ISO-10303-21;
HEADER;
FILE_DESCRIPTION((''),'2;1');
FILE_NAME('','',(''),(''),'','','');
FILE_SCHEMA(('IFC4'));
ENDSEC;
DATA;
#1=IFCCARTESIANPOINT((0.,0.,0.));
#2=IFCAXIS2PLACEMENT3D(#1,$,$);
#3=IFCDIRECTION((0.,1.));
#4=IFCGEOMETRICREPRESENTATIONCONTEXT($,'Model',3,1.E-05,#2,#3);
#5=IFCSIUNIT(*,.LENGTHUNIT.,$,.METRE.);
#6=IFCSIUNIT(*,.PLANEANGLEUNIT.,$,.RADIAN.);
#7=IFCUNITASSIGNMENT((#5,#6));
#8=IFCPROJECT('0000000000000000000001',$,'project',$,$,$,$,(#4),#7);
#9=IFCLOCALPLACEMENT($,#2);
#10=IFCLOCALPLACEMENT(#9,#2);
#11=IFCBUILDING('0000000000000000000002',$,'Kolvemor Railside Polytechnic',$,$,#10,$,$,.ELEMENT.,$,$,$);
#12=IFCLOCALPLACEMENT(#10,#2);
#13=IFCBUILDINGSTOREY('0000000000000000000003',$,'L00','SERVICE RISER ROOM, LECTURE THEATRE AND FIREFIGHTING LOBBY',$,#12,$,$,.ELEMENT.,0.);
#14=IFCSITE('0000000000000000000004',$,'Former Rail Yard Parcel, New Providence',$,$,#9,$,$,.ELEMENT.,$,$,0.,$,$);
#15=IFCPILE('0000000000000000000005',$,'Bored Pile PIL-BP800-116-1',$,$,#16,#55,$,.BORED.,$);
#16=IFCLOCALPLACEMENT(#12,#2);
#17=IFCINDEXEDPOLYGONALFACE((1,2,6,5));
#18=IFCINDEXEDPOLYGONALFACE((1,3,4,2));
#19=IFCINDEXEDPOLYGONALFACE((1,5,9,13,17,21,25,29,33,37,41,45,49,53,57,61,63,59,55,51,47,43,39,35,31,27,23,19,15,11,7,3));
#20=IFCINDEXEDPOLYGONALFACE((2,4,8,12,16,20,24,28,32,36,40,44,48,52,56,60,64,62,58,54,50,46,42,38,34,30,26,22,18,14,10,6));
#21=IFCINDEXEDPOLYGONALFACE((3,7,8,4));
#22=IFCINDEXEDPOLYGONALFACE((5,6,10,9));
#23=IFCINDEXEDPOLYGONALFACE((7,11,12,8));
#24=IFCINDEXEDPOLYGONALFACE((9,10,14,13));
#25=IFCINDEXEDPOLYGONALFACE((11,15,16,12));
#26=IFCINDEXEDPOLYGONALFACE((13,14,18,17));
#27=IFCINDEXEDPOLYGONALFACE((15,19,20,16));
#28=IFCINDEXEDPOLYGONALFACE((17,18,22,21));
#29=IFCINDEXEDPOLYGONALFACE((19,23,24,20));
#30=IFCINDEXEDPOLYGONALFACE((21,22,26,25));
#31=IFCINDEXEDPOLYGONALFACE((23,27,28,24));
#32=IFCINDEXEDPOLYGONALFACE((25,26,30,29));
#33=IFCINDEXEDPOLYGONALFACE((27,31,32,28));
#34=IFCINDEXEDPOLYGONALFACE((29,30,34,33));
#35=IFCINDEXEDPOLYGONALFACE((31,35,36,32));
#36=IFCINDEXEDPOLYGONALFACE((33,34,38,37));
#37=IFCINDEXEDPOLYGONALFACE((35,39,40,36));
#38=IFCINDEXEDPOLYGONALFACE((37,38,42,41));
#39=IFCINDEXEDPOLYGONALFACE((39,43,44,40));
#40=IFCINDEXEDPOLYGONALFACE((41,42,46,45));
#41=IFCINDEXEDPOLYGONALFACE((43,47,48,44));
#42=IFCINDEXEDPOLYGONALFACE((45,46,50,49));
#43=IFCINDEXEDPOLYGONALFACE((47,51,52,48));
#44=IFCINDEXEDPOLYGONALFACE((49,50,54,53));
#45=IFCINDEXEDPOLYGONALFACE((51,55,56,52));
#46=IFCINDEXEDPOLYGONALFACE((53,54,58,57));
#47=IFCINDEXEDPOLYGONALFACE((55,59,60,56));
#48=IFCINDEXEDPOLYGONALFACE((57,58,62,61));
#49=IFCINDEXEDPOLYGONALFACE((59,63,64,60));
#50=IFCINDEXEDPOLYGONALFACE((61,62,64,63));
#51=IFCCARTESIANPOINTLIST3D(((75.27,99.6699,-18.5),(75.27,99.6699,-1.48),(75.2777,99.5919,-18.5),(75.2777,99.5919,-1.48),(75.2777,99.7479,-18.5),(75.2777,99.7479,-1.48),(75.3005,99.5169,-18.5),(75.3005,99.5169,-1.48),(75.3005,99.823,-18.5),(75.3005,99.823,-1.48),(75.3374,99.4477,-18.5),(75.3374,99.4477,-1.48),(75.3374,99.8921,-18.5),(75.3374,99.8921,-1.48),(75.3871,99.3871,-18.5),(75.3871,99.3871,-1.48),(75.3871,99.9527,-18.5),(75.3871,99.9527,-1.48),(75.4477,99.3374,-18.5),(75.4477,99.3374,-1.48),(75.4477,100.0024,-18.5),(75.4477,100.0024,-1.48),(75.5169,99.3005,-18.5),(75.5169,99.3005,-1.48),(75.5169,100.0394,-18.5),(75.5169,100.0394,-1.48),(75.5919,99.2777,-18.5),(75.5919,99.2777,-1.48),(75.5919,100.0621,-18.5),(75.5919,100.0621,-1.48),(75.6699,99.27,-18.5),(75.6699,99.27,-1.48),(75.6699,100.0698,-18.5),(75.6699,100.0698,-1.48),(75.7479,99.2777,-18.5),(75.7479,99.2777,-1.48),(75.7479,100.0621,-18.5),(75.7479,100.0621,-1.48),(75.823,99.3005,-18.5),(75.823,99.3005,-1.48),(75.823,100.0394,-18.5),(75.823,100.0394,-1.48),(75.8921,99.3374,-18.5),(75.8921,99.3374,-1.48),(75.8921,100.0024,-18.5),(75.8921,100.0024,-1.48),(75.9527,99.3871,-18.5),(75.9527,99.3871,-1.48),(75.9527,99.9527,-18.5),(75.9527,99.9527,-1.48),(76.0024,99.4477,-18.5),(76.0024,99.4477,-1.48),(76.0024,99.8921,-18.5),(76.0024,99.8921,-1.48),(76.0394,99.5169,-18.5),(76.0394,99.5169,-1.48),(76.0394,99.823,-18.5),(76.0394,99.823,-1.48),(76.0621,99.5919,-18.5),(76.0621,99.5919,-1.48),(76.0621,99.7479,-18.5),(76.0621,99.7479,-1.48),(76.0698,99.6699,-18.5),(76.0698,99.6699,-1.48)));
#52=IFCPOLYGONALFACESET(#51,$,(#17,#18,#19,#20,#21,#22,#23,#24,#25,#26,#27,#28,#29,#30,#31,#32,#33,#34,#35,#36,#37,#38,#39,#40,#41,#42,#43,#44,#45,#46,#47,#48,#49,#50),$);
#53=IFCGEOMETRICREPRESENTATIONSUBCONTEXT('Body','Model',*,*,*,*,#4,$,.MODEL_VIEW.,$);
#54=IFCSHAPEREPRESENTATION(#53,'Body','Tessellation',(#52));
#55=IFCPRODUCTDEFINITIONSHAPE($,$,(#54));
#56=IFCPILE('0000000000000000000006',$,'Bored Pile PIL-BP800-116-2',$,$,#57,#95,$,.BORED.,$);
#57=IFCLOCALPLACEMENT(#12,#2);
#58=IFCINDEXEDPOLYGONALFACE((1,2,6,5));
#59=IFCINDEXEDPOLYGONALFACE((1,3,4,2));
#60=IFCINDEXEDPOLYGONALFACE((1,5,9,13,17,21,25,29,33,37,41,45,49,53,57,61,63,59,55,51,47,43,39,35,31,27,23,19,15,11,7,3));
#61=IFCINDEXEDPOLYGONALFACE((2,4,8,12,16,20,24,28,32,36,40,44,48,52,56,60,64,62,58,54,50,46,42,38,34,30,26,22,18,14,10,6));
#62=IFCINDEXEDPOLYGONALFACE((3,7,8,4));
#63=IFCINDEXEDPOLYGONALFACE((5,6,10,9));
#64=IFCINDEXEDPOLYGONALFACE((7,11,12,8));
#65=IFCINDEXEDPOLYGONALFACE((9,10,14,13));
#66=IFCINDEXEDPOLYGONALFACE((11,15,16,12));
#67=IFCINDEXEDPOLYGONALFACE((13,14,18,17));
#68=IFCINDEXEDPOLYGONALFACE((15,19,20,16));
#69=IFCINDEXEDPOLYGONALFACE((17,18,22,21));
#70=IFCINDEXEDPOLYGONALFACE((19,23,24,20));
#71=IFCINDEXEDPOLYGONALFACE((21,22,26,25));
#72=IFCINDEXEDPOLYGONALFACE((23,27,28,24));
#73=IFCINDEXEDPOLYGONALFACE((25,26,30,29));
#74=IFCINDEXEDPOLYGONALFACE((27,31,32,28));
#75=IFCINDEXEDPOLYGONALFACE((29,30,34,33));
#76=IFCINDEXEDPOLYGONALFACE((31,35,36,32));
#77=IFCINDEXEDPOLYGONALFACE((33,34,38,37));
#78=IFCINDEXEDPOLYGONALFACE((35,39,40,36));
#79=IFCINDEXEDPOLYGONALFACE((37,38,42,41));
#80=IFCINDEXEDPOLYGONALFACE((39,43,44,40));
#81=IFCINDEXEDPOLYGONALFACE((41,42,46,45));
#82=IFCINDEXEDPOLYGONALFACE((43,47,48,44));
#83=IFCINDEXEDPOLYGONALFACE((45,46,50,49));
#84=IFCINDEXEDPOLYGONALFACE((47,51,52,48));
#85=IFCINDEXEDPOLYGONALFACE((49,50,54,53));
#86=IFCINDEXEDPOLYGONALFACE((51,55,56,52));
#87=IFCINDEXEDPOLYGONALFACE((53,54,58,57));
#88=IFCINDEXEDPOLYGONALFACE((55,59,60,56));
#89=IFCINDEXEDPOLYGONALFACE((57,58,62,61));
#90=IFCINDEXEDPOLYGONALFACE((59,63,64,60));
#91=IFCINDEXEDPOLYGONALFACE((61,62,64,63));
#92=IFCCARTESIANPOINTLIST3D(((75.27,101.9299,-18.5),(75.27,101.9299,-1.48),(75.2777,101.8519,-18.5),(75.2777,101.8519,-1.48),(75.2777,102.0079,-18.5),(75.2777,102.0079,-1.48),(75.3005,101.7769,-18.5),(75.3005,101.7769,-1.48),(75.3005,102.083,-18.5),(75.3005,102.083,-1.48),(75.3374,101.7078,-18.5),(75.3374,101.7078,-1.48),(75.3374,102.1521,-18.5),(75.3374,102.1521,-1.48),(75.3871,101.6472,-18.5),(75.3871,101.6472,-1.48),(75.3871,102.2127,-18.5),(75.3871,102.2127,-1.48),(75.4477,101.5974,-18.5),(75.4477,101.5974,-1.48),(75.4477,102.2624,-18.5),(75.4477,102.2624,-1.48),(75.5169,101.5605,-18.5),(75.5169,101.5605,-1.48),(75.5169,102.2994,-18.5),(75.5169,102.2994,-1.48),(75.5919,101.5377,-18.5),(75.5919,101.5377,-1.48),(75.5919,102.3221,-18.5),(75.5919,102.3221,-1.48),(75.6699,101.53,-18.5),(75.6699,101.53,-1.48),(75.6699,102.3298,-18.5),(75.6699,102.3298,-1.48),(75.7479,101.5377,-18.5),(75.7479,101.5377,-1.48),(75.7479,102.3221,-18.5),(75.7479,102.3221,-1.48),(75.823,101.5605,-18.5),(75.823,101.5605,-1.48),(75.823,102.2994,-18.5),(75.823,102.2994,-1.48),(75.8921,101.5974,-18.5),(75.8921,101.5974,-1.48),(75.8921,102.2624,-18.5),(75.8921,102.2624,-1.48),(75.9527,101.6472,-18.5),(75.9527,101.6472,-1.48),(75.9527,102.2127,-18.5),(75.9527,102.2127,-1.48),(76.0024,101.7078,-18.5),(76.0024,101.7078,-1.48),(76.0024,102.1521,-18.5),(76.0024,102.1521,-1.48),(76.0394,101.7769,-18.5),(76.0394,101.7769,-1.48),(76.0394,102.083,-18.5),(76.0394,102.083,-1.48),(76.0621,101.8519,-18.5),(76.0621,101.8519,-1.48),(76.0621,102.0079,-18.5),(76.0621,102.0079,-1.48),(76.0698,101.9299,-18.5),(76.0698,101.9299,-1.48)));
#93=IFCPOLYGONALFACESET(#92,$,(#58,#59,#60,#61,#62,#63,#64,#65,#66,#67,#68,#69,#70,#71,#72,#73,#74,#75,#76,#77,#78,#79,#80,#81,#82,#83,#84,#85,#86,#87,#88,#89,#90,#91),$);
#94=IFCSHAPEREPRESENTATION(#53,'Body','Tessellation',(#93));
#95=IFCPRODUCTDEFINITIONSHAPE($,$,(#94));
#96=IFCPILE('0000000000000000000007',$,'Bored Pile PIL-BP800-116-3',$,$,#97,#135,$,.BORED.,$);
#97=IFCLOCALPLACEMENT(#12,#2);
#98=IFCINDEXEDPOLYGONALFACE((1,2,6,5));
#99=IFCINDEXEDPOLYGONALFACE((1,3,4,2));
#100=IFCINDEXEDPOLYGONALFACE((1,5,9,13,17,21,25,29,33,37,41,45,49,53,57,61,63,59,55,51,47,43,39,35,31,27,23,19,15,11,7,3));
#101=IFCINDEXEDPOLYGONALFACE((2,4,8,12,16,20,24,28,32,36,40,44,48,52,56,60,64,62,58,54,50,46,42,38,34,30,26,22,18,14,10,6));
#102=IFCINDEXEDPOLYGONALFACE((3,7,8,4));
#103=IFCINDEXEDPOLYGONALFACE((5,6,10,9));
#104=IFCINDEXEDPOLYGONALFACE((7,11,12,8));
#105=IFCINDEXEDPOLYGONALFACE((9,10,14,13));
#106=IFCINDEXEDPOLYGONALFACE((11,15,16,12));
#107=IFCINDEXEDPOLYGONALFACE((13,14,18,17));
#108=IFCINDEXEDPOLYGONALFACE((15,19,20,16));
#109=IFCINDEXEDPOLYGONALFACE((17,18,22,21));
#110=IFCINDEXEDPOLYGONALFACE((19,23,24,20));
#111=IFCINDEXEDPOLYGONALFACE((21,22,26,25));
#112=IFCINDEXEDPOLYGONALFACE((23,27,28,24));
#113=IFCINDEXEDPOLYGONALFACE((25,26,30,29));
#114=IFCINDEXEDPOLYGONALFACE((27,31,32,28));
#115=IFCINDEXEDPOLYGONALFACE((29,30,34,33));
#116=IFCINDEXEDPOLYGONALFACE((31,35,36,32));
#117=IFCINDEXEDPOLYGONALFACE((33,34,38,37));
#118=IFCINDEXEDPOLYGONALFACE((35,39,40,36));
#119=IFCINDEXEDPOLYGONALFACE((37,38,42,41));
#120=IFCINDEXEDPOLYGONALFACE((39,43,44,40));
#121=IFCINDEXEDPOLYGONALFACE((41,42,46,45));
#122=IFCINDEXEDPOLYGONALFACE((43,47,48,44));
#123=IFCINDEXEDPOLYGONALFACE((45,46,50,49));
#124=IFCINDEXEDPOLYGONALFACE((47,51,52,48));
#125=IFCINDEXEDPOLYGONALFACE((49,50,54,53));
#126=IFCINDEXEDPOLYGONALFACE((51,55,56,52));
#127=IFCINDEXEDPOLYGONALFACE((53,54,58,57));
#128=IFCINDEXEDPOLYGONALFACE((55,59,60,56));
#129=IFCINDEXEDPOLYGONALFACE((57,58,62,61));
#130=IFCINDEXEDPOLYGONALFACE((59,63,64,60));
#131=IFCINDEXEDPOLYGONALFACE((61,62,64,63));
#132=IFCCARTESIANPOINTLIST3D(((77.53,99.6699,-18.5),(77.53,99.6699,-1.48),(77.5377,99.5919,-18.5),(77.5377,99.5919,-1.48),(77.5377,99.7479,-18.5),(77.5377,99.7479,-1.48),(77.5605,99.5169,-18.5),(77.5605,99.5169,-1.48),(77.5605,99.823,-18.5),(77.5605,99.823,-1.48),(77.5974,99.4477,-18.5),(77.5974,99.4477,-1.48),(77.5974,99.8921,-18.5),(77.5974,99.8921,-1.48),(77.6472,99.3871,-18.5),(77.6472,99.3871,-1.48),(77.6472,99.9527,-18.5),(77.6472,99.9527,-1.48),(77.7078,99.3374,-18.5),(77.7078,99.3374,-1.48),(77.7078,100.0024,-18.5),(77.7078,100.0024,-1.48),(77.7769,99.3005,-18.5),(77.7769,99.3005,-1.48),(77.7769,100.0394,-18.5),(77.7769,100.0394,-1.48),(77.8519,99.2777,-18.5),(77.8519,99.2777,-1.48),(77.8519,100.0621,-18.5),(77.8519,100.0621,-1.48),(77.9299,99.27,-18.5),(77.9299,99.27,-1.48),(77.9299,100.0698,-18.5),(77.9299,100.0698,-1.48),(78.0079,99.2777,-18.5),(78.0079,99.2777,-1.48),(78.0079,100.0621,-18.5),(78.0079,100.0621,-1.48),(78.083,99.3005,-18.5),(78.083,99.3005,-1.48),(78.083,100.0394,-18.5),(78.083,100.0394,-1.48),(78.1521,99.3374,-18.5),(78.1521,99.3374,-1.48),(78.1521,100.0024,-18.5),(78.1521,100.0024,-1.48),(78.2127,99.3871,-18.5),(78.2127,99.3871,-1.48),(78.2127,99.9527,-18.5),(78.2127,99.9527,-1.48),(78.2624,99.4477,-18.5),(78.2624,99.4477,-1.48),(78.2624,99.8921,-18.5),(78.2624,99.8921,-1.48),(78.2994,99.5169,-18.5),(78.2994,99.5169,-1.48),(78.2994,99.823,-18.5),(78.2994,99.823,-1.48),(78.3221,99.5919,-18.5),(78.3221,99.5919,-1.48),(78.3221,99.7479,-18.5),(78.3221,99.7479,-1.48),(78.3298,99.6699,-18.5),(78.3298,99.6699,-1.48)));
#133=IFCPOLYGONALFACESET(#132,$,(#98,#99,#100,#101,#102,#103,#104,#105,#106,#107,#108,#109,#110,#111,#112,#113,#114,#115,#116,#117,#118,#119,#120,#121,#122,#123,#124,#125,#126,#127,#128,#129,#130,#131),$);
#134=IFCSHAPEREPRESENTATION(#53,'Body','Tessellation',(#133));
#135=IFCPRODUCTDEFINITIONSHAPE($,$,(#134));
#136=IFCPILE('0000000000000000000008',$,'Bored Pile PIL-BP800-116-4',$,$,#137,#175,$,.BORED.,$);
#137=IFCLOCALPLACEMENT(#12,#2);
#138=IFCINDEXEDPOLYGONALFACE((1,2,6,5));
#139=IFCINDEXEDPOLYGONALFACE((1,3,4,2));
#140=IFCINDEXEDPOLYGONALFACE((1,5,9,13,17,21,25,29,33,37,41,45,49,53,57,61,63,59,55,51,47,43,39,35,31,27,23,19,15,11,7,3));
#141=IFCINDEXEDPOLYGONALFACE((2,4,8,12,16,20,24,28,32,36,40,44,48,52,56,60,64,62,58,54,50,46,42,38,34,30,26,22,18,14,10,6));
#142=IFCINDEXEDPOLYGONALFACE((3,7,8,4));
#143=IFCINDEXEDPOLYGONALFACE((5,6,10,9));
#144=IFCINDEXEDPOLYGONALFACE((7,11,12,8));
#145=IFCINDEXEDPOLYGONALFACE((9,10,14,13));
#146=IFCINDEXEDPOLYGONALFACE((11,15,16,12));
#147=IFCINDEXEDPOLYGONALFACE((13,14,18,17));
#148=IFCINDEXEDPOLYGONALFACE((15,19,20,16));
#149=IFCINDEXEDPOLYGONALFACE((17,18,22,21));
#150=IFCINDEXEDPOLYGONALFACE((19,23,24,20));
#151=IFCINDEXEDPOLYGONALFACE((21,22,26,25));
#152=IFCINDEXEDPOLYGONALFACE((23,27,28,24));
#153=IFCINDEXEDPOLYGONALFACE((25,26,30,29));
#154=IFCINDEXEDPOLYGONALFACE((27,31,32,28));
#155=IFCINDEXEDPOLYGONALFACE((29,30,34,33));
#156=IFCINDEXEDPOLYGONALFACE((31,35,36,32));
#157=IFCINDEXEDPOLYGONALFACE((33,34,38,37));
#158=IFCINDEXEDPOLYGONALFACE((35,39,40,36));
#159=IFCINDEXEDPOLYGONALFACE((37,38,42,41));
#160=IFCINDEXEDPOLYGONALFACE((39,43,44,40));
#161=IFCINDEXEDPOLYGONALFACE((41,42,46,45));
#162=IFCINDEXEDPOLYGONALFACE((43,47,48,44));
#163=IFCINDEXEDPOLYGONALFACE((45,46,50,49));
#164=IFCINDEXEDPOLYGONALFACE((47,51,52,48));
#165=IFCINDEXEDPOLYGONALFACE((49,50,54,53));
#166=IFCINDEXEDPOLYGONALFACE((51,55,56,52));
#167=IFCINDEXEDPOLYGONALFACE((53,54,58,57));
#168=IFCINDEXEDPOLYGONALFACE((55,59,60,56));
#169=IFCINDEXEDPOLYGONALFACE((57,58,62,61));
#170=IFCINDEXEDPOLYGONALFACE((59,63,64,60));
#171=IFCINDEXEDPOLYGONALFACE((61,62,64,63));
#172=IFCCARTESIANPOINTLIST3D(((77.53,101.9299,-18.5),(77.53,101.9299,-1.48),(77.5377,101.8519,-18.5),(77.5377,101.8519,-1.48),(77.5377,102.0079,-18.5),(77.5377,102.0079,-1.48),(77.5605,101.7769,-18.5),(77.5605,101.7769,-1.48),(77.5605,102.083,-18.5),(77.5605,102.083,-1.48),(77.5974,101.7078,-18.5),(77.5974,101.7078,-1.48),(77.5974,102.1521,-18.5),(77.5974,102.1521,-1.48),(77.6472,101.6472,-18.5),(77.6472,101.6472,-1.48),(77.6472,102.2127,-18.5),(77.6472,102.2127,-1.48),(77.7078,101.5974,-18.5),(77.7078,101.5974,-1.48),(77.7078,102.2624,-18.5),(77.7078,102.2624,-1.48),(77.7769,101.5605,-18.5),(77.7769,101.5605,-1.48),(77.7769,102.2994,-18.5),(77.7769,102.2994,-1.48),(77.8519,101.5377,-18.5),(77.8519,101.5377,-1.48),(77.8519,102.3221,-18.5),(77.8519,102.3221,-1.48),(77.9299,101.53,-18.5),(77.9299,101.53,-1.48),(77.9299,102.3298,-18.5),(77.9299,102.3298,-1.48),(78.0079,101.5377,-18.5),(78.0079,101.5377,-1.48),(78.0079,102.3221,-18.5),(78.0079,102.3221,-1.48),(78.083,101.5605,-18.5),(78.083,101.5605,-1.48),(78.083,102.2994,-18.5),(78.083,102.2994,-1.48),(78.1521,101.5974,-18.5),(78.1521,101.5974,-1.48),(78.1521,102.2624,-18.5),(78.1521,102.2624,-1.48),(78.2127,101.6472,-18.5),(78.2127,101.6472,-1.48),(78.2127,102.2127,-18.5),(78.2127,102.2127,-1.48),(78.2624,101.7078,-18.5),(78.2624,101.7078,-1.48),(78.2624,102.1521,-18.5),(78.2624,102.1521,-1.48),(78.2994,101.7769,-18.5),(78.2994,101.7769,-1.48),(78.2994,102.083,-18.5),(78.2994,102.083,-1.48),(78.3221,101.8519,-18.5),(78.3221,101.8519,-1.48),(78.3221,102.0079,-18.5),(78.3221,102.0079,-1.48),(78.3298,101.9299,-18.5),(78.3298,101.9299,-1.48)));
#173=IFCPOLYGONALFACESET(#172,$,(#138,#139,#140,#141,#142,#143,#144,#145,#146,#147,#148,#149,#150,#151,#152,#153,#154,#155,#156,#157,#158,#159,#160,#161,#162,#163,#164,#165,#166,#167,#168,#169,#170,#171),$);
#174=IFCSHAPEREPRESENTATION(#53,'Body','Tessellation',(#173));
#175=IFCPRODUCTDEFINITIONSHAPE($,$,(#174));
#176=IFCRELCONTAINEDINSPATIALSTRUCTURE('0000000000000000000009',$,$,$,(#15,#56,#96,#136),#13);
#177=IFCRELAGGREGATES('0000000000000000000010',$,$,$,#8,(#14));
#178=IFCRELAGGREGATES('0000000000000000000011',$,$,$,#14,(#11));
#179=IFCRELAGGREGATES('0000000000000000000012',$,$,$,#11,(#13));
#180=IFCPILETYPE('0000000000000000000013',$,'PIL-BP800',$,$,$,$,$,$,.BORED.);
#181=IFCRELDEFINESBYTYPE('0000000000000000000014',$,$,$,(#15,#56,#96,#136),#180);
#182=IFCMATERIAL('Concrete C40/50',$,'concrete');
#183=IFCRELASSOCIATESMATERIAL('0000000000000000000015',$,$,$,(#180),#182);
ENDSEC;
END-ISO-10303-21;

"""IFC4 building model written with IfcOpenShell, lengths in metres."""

from ifc_helpers import new_model, si_unit, direction, frame, origin, origin_2d, place, context, subcontext, project, spatial, circle, extrude, material, material_profile, profile_set, type_object, element, save


model = new_model("IFC4")

# Units and contexts
model_context = context("Model", 3, precision=1e-05, world=origin(), true_north=direction((0.0, 1.0)))
body_context = subcontext(model_context, "Body", "Model", "MODEL_VIEW")
ifc_project = project(units=[si_unit("LENGTHUNIT", "METRE"), si_unit("PLANEANGLEUNIT", "RADIAN")], contexts=[model_context])

# Site, building, storey
site_placement = place(None, origin())
site = spatial("IfcSite", under=ifc_project, at=site_placement, Name="Former Rail Yard Parcel, New Providence", CompositionType="ELEMENT", RefElevation=0.0)
building_placement = place(site_placement, origin())
building = spatial("IfcBuilding", under=site, at=building_placement, Name="Kolvemor Railside Polytechnic", CompositionType="ELEMENT")
storey_placement = place(building_placement, origin())
storey = spatial("IfcBuildingStorey", under=building, at=storey_placement, Name="L00", Description="SERVICE RISER ROOM, LECTURE THEATRE AND FIREFIGHTING LOBBY", CompositionType="ELEMENT", Elevation=0.0)

# Piles
ifc_material_1 = material(Name="Concrete C40/50", Category="concrete")
ifc_material_profile_1 = material_profile(ifc_material_1, circle(Radius=0.3999, at=origin_2d()), Name="BP800")
ifc_profile_set_1 = profile_set([ifc_material_profile_1], Name="Concrete C40/50")
pile_type_1 = type_object("IfcPileType", Name="PIL-BP800", PredefinedType="BORED", material=ifc_profile_set_1)
for number, where, z_axis, x_axis, name in (
    (1, (75.6699, 99.6699, -1.48), (0.0, 0.0, -1.0), (1.0, 0.0, 0.0), "Bored Pile PIL-BP800-116-1"),
    (2, (75.6699, 101.9299, -1.48), (0.0, 0.0, -1.0), (1.0, 0.0, 0.0), "Bored Pile PIL-BP800-116-2"),
    (3, (77.9299, 99.6699, -1.48), (0.0, 0.0, -1.0), (1.0, 0.0, 0.0), "Bored Pile PIL-BP800-116-3"),
    (4, (77.9299, 101.9299, -1.48), (0.0, 0.0, -1.0), (1.0, 0.0, 0.0), "Bored Pile PIL-BP800-116-4"),
):
    element("IfcPile", number, at=place(storey_placement, frame(where, z_axis=z_axis, x_axis=x_axis)), inside=storey, type_object=pile_type_1, Name=name, PredefinedType="BORED", context=body_context, shape_type="SweptSolid", body=[
        extrude(circle(Radius=0.3999, at=origin_2d()), origin(), (0.0, 0.0, 1.0), 17.02),
    ])

save(model, "model.ifc")
